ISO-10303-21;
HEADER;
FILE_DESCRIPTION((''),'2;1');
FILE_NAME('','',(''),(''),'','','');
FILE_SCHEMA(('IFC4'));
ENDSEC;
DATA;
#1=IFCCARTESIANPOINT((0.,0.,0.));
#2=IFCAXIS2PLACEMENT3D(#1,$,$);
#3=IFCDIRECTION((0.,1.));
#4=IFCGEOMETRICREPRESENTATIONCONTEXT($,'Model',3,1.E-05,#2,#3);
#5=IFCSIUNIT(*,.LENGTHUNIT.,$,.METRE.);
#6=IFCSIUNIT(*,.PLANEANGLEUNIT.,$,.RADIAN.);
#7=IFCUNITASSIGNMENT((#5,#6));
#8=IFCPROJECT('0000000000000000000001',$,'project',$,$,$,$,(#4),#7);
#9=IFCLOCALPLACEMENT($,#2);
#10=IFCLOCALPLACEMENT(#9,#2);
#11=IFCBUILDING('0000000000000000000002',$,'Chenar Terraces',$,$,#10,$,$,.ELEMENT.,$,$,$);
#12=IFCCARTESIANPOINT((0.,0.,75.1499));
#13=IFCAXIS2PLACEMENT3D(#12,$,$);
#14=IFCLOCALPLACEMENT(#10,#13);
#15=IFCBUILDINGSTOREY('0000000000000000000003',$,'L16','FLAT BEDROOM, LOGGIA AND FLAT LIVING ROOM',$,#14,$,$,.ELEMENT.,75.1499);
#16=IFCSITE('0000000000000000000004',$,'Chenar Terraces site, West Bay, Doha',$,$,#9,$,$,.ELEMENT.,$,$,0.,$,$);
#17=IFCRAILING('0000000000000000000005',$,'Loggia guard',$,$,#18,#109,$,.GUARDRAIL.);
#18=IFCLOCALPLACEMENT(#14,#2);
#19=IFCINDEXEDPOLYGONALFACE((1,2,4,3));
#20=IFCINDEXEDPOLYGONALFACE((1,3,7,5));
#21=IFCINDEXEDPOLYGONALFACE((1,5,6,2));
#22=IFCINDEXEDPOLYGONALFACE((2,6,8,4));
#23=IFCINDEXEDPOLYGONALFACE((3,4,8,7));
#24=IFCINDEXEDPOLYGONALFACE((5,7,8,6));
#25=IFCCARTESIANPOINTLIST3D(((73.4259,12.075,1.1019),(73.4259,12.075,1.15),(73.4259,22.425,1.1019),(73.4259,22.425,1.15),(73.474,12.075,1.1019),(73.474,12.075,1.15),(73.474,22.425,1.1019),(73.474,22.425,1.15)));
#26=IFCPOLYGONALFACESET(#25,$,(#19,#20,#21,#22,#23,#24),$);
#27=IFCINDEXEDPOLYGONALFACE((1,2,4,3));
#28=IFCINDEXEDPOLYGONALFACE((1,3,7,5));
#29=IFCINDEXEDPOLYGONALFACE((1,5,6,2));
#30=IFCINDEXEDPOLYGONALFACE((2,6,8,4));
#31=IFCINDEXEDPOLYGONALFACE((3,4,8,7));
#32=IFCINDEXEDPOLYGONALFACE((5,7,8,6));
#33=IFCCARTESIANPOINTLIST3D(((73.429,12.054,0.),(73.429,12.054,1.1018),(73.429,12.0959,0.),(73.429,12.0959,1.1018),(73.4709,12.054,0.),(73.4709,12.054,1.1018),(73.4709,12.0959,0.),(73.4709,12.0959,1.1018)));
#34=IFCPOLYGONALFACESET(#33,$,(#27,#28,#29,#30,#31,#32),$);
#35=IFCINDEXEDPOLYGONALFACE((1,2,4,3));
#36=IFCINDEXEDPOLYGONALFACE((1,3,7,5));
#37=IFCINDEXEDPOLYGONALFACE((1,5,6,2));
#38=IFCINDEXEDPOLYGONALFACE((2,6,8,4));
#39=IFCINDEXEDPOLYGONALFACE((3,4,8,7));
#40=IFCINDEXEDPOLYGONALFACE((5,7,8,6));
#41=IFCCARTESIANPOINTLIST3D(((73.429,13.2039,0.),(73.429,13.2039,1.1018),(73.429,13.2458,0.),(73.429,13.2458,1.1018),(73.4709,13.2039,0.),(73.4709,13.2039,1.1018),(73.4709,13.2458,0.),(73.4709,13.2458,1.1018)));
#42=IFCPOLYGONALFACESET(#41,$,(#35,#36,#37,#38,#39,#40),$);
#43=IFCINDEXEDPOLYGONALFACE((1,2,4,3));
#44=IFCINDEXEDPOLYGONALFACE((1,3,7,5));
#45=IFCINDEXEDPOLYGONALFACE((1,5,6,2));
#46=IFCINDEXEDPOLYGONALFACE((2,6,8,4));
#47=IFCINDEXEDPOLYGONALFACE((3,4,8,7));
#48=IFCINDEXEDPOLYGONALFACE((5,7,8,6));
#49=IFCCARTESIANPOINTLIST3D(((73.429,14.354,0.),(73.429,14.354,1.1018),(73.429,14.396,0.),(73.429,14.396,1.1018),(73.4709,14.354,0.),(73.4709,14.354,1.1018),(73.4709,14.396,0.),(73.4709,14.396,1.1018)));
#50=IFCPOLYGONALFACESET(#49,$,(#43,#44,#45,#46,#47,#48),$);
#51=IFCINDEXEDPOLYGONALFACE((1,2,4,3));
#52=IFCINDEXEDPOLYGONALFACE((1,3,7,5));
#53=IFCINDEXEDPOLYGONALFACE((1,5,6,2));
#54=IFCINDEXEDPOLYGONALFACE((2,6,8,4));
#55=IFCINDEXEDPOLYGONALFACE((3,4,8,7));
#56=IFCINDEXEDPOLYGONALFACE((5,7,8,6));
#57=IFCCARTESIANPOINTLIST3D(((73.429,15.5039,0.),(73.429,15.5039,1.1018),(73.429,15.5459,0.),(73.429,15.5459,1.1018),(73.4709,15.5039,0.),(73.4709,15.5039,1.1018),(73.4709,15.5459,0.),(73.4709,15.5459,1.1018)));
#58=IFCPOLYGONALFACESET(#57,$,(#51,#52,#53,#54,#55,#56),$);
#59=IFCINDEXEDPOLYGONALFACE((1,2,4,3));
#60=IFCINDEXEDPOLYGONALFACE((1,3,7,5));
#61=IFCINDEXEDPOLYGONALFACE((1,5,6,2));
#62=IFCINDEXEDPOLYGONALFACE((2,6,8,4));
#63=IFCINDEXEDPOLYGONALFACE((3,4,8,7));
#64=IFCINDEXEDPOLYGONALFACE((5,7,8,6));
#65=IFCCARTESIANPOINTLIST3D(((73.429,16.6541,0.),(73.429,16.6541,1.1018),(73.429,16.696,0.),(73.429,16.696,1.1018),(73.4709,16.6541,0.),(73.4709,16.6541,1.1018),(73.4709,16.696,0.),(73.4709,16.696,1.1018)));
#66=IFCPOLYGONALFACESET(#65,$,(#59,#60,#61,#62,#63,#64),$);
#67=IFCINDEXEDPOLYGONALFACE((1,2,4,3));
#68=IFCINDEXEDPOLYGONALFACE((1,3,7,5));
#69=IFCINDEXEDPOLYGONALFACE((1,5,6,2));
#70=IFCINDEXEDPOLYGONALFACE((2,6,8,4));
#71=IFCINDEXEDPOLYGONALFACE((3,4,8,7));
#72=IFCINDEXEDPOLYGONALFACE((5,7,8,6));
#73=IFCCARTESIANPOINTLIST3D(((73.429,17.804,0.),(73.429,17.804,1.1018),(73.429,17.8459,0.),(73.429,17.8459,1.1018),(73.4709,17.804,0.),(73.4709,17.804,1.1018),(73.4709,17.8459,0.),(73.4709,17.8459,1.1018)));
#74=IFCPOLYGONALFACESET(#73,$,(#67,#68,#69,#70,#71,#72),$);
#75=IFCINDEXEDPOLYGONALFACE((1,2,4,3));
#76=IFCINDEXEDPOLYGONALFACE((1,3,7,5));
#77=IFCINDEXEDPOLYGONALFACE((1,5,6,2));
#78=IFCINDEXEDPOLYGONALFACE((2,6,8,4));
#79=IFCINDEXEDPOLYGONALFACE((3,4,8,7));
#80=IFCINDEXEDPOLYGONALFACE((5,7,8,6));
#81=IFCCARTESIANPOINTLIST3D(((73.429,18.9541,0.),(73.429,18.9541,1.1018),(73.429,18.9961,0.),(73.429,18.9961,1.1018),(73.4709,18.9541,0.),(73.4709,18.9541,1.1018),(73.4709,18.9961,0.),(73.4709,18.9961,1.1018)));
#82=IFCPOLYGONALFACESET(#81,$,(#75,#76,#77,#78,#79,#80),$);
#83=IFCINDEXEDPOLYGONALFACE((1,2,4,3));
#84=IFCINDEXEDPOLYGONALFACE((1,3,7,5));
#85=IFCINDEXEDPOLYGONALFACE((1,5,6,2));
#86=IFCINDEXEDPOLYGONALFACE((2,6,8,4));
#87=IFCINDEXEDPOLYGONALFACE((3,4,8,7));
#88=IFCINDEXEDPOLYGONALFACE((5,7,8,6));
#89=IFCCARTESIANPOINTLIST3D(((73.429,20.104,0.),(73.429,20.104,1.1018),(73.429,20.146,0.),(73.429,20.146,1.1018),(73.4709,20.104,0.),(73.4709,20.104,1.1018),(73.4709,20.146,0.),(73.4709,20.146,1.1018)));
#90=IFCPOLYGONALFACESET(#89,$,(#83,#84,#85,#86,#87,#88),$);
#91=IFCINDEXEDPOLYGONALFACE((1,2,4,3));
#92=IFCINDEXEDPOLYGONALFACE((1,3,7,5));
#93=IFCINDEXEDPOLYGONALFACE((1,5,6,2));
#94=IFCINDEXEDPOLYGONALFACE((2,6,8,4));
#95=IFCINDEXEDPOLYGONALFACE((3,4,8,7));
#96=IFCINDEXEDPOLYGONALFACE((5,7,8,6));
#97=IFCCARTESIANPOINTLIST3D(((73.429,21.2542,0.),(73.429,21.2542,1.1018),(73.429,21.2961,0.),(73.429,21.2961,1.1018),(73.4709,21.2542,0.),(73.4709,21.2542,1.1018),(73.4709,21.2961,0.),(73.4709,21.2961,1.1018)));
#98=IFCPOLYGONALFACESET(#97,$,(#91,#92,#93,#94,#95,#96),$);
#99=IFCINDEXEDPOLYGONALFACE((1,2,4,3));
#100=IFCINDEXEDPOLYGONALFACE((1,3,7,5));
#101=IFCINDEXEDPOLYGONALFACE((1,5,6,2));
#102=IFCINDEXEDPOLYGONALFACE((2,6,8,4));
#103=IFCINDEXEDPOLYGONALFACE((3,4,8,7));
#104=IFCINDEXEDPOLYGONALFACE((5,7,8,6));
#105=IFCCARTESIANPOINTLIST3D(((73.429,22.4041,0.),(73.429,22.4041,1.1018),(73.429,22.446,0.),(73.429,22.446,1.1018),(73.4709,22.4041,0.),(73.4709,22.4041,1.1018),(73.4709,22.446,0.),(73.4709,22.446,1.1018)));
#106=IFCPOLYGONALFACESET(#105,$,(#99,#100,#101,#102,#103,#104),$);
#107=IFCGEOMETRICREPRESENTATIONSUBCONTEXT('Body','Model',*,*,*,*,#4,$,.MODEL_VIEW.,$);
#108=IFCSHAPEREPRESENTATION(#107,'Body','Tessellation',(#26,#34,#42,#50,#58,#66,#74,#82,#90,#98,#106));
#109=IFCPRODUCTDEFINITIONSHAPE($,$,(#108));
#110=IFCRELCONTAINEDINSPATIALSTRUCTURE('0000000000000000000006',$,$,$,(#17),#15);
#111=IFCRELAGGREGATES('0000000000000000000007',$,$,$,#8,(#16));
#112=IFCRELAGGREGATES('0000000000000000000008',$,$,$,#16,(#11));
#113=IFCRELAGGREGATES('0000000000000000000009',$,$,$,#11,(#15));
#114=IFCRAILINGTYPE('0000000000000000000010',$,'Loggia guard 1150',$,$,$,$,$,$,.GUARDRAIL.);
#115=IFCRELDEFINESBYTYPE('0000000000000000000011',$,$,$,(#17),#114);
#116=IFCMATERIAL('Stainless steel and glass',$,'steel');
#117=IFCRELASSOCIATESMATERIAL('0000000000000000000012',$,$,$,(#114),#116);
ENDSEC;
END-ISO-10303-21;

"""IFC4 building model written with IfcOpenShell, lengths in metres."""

from ifc_helpers import new_model, si_unit, direction, frame, origin, origin_2d, place, context, subcontext, project, spatial, rectangle, extrude, material, type_object, element, save


model = new_model("IFC4")

# Units and contexts
model_context = context("Model", 3, precision=1e-05, world=origin(), true_north=direction((0.0, 1.0)))
body_context = subcontext(model_context, "Body", "Model", "MODEL_VIEW")
ifc_project = project(units=[si_unit("LENGTHUNIT", "METRE"), si_unit("PLANEANGLEUNIT", "RADIAN")], contexts=[model_context])

# Site, building, storey
site_placement = place(None, origin())
site = spatial("IfcSite", under=ifc_project, at=site_placement, Name="Chenar Terraces site, West Bay, Doha", CompositionType="ELEMENT", RefElevation=0.0)
building_placement = place(site_placement, origin())
building = spatial("IfcBuilding", under=site, at=building_placement, Name="Chenar Terraces", CompositionType="ELEMENT")
storey_placement = place(building_placement, frame((0.0, 0.0, 75.1499)))
storey = spatial("IfcBuildingStorey", under=building, at=storey_placement, Name="L16", Description="FLAT BEDROOM, LOGGIA AND FLAT LIVING ROOM", CompositionType="ELEMENT", Elevation=75.1499)

# Railing
ifc_material_1 = material(Name="Stainless steel and glass", Category="steel")
railing_type = type_object("IfcRailingType", Name="Loggia guard 1150", PredefinedType="GUARDRAIL", material=ifc_material_1)
railing_placement = place(storey_placement, frame((73.45, 12.075, 0.0)))
element("IfcRailing", 1, at=railing_placement, inside=storey, type_object=railing_type, Name="Loggia guard", PredefinedType="GUARDRAIL", context=body_context, shape_type="SweptSolid", body=[
    extrude(rectangle(XDim=0.0481, YDim=0.0481, at=origin_2d()), frame((0.0, 0.0, 1.126), z_axis=(0.0, 1.0, 0.0), x_axis=(-1.0, 0.0, 0.0)), (0.0, 0.0, 1.0), 10.3501),
    extrude(rectangle(XDim=0.042, YDim=0.042, at=origin_2d()), origin(), (0.0, 0.0, 1.0), 1.1018),
    extrude(rectangle(XDim=0.042, YDim=0.042, at=origin_2d()), frame((0.0, 1.1499, 0.0)), (0.0, 0.0, 1.0), 1.1018),
    extrude(rectangle(XDim=0.042, YDim=0.042, at=origin_2d()), frame((0.0, 2.3, 0.0)), (0.0, 0.0, 1.0), 1.1018),
    extrude(rectangle(XDim=0.042, YDim=0.042, at=origin_2d()), frame((0.0, 3.45, 0.0)), (0.0, 0.0, 1.0), 1.1018),
    extrude(rectangle(XDim=0.042, YDim=0.042, at=origin_2d()), frame((0.0, 4.6001, 0.0)), (0.0, 0.0, 1.0), 1.1018),
    extrude(rectangle(XDim=0.042, YDim=0.042, at=origin_2d()), frame((0.0, 5.75, 0.0)), (0.0, 0.0, 1.0), 1.1018),
    extrude(rectangle(XDim=0.042, YDim=0.042, at=origin_2d()), frame((0.0, 6.9001, 0.0)), (0.0, 0.0, 1.0), 1.1018),
    extrude(rectangle(XDim=0.042, YDim=0.042, at=origin_2d()), frame((0.0, 8.05, 0.0)), (0.0, 0.0, 1.0), 1.1018),
    extrude(rectangle(XDim=0.042, YDim=0.042, at=origin_2d()), frame((0.0, 9.2002, 0.0)), (0.0, 0.0, 1.0), 1.1018),
    extrude(rectangle(XDim=0.042, YDim=0.042, at=origin_2d()), frame((0.0, 10.3501, 0.0)), (0.0, 0.0, 1.0), 1.1018),
])

save(model, "model.ifc")
